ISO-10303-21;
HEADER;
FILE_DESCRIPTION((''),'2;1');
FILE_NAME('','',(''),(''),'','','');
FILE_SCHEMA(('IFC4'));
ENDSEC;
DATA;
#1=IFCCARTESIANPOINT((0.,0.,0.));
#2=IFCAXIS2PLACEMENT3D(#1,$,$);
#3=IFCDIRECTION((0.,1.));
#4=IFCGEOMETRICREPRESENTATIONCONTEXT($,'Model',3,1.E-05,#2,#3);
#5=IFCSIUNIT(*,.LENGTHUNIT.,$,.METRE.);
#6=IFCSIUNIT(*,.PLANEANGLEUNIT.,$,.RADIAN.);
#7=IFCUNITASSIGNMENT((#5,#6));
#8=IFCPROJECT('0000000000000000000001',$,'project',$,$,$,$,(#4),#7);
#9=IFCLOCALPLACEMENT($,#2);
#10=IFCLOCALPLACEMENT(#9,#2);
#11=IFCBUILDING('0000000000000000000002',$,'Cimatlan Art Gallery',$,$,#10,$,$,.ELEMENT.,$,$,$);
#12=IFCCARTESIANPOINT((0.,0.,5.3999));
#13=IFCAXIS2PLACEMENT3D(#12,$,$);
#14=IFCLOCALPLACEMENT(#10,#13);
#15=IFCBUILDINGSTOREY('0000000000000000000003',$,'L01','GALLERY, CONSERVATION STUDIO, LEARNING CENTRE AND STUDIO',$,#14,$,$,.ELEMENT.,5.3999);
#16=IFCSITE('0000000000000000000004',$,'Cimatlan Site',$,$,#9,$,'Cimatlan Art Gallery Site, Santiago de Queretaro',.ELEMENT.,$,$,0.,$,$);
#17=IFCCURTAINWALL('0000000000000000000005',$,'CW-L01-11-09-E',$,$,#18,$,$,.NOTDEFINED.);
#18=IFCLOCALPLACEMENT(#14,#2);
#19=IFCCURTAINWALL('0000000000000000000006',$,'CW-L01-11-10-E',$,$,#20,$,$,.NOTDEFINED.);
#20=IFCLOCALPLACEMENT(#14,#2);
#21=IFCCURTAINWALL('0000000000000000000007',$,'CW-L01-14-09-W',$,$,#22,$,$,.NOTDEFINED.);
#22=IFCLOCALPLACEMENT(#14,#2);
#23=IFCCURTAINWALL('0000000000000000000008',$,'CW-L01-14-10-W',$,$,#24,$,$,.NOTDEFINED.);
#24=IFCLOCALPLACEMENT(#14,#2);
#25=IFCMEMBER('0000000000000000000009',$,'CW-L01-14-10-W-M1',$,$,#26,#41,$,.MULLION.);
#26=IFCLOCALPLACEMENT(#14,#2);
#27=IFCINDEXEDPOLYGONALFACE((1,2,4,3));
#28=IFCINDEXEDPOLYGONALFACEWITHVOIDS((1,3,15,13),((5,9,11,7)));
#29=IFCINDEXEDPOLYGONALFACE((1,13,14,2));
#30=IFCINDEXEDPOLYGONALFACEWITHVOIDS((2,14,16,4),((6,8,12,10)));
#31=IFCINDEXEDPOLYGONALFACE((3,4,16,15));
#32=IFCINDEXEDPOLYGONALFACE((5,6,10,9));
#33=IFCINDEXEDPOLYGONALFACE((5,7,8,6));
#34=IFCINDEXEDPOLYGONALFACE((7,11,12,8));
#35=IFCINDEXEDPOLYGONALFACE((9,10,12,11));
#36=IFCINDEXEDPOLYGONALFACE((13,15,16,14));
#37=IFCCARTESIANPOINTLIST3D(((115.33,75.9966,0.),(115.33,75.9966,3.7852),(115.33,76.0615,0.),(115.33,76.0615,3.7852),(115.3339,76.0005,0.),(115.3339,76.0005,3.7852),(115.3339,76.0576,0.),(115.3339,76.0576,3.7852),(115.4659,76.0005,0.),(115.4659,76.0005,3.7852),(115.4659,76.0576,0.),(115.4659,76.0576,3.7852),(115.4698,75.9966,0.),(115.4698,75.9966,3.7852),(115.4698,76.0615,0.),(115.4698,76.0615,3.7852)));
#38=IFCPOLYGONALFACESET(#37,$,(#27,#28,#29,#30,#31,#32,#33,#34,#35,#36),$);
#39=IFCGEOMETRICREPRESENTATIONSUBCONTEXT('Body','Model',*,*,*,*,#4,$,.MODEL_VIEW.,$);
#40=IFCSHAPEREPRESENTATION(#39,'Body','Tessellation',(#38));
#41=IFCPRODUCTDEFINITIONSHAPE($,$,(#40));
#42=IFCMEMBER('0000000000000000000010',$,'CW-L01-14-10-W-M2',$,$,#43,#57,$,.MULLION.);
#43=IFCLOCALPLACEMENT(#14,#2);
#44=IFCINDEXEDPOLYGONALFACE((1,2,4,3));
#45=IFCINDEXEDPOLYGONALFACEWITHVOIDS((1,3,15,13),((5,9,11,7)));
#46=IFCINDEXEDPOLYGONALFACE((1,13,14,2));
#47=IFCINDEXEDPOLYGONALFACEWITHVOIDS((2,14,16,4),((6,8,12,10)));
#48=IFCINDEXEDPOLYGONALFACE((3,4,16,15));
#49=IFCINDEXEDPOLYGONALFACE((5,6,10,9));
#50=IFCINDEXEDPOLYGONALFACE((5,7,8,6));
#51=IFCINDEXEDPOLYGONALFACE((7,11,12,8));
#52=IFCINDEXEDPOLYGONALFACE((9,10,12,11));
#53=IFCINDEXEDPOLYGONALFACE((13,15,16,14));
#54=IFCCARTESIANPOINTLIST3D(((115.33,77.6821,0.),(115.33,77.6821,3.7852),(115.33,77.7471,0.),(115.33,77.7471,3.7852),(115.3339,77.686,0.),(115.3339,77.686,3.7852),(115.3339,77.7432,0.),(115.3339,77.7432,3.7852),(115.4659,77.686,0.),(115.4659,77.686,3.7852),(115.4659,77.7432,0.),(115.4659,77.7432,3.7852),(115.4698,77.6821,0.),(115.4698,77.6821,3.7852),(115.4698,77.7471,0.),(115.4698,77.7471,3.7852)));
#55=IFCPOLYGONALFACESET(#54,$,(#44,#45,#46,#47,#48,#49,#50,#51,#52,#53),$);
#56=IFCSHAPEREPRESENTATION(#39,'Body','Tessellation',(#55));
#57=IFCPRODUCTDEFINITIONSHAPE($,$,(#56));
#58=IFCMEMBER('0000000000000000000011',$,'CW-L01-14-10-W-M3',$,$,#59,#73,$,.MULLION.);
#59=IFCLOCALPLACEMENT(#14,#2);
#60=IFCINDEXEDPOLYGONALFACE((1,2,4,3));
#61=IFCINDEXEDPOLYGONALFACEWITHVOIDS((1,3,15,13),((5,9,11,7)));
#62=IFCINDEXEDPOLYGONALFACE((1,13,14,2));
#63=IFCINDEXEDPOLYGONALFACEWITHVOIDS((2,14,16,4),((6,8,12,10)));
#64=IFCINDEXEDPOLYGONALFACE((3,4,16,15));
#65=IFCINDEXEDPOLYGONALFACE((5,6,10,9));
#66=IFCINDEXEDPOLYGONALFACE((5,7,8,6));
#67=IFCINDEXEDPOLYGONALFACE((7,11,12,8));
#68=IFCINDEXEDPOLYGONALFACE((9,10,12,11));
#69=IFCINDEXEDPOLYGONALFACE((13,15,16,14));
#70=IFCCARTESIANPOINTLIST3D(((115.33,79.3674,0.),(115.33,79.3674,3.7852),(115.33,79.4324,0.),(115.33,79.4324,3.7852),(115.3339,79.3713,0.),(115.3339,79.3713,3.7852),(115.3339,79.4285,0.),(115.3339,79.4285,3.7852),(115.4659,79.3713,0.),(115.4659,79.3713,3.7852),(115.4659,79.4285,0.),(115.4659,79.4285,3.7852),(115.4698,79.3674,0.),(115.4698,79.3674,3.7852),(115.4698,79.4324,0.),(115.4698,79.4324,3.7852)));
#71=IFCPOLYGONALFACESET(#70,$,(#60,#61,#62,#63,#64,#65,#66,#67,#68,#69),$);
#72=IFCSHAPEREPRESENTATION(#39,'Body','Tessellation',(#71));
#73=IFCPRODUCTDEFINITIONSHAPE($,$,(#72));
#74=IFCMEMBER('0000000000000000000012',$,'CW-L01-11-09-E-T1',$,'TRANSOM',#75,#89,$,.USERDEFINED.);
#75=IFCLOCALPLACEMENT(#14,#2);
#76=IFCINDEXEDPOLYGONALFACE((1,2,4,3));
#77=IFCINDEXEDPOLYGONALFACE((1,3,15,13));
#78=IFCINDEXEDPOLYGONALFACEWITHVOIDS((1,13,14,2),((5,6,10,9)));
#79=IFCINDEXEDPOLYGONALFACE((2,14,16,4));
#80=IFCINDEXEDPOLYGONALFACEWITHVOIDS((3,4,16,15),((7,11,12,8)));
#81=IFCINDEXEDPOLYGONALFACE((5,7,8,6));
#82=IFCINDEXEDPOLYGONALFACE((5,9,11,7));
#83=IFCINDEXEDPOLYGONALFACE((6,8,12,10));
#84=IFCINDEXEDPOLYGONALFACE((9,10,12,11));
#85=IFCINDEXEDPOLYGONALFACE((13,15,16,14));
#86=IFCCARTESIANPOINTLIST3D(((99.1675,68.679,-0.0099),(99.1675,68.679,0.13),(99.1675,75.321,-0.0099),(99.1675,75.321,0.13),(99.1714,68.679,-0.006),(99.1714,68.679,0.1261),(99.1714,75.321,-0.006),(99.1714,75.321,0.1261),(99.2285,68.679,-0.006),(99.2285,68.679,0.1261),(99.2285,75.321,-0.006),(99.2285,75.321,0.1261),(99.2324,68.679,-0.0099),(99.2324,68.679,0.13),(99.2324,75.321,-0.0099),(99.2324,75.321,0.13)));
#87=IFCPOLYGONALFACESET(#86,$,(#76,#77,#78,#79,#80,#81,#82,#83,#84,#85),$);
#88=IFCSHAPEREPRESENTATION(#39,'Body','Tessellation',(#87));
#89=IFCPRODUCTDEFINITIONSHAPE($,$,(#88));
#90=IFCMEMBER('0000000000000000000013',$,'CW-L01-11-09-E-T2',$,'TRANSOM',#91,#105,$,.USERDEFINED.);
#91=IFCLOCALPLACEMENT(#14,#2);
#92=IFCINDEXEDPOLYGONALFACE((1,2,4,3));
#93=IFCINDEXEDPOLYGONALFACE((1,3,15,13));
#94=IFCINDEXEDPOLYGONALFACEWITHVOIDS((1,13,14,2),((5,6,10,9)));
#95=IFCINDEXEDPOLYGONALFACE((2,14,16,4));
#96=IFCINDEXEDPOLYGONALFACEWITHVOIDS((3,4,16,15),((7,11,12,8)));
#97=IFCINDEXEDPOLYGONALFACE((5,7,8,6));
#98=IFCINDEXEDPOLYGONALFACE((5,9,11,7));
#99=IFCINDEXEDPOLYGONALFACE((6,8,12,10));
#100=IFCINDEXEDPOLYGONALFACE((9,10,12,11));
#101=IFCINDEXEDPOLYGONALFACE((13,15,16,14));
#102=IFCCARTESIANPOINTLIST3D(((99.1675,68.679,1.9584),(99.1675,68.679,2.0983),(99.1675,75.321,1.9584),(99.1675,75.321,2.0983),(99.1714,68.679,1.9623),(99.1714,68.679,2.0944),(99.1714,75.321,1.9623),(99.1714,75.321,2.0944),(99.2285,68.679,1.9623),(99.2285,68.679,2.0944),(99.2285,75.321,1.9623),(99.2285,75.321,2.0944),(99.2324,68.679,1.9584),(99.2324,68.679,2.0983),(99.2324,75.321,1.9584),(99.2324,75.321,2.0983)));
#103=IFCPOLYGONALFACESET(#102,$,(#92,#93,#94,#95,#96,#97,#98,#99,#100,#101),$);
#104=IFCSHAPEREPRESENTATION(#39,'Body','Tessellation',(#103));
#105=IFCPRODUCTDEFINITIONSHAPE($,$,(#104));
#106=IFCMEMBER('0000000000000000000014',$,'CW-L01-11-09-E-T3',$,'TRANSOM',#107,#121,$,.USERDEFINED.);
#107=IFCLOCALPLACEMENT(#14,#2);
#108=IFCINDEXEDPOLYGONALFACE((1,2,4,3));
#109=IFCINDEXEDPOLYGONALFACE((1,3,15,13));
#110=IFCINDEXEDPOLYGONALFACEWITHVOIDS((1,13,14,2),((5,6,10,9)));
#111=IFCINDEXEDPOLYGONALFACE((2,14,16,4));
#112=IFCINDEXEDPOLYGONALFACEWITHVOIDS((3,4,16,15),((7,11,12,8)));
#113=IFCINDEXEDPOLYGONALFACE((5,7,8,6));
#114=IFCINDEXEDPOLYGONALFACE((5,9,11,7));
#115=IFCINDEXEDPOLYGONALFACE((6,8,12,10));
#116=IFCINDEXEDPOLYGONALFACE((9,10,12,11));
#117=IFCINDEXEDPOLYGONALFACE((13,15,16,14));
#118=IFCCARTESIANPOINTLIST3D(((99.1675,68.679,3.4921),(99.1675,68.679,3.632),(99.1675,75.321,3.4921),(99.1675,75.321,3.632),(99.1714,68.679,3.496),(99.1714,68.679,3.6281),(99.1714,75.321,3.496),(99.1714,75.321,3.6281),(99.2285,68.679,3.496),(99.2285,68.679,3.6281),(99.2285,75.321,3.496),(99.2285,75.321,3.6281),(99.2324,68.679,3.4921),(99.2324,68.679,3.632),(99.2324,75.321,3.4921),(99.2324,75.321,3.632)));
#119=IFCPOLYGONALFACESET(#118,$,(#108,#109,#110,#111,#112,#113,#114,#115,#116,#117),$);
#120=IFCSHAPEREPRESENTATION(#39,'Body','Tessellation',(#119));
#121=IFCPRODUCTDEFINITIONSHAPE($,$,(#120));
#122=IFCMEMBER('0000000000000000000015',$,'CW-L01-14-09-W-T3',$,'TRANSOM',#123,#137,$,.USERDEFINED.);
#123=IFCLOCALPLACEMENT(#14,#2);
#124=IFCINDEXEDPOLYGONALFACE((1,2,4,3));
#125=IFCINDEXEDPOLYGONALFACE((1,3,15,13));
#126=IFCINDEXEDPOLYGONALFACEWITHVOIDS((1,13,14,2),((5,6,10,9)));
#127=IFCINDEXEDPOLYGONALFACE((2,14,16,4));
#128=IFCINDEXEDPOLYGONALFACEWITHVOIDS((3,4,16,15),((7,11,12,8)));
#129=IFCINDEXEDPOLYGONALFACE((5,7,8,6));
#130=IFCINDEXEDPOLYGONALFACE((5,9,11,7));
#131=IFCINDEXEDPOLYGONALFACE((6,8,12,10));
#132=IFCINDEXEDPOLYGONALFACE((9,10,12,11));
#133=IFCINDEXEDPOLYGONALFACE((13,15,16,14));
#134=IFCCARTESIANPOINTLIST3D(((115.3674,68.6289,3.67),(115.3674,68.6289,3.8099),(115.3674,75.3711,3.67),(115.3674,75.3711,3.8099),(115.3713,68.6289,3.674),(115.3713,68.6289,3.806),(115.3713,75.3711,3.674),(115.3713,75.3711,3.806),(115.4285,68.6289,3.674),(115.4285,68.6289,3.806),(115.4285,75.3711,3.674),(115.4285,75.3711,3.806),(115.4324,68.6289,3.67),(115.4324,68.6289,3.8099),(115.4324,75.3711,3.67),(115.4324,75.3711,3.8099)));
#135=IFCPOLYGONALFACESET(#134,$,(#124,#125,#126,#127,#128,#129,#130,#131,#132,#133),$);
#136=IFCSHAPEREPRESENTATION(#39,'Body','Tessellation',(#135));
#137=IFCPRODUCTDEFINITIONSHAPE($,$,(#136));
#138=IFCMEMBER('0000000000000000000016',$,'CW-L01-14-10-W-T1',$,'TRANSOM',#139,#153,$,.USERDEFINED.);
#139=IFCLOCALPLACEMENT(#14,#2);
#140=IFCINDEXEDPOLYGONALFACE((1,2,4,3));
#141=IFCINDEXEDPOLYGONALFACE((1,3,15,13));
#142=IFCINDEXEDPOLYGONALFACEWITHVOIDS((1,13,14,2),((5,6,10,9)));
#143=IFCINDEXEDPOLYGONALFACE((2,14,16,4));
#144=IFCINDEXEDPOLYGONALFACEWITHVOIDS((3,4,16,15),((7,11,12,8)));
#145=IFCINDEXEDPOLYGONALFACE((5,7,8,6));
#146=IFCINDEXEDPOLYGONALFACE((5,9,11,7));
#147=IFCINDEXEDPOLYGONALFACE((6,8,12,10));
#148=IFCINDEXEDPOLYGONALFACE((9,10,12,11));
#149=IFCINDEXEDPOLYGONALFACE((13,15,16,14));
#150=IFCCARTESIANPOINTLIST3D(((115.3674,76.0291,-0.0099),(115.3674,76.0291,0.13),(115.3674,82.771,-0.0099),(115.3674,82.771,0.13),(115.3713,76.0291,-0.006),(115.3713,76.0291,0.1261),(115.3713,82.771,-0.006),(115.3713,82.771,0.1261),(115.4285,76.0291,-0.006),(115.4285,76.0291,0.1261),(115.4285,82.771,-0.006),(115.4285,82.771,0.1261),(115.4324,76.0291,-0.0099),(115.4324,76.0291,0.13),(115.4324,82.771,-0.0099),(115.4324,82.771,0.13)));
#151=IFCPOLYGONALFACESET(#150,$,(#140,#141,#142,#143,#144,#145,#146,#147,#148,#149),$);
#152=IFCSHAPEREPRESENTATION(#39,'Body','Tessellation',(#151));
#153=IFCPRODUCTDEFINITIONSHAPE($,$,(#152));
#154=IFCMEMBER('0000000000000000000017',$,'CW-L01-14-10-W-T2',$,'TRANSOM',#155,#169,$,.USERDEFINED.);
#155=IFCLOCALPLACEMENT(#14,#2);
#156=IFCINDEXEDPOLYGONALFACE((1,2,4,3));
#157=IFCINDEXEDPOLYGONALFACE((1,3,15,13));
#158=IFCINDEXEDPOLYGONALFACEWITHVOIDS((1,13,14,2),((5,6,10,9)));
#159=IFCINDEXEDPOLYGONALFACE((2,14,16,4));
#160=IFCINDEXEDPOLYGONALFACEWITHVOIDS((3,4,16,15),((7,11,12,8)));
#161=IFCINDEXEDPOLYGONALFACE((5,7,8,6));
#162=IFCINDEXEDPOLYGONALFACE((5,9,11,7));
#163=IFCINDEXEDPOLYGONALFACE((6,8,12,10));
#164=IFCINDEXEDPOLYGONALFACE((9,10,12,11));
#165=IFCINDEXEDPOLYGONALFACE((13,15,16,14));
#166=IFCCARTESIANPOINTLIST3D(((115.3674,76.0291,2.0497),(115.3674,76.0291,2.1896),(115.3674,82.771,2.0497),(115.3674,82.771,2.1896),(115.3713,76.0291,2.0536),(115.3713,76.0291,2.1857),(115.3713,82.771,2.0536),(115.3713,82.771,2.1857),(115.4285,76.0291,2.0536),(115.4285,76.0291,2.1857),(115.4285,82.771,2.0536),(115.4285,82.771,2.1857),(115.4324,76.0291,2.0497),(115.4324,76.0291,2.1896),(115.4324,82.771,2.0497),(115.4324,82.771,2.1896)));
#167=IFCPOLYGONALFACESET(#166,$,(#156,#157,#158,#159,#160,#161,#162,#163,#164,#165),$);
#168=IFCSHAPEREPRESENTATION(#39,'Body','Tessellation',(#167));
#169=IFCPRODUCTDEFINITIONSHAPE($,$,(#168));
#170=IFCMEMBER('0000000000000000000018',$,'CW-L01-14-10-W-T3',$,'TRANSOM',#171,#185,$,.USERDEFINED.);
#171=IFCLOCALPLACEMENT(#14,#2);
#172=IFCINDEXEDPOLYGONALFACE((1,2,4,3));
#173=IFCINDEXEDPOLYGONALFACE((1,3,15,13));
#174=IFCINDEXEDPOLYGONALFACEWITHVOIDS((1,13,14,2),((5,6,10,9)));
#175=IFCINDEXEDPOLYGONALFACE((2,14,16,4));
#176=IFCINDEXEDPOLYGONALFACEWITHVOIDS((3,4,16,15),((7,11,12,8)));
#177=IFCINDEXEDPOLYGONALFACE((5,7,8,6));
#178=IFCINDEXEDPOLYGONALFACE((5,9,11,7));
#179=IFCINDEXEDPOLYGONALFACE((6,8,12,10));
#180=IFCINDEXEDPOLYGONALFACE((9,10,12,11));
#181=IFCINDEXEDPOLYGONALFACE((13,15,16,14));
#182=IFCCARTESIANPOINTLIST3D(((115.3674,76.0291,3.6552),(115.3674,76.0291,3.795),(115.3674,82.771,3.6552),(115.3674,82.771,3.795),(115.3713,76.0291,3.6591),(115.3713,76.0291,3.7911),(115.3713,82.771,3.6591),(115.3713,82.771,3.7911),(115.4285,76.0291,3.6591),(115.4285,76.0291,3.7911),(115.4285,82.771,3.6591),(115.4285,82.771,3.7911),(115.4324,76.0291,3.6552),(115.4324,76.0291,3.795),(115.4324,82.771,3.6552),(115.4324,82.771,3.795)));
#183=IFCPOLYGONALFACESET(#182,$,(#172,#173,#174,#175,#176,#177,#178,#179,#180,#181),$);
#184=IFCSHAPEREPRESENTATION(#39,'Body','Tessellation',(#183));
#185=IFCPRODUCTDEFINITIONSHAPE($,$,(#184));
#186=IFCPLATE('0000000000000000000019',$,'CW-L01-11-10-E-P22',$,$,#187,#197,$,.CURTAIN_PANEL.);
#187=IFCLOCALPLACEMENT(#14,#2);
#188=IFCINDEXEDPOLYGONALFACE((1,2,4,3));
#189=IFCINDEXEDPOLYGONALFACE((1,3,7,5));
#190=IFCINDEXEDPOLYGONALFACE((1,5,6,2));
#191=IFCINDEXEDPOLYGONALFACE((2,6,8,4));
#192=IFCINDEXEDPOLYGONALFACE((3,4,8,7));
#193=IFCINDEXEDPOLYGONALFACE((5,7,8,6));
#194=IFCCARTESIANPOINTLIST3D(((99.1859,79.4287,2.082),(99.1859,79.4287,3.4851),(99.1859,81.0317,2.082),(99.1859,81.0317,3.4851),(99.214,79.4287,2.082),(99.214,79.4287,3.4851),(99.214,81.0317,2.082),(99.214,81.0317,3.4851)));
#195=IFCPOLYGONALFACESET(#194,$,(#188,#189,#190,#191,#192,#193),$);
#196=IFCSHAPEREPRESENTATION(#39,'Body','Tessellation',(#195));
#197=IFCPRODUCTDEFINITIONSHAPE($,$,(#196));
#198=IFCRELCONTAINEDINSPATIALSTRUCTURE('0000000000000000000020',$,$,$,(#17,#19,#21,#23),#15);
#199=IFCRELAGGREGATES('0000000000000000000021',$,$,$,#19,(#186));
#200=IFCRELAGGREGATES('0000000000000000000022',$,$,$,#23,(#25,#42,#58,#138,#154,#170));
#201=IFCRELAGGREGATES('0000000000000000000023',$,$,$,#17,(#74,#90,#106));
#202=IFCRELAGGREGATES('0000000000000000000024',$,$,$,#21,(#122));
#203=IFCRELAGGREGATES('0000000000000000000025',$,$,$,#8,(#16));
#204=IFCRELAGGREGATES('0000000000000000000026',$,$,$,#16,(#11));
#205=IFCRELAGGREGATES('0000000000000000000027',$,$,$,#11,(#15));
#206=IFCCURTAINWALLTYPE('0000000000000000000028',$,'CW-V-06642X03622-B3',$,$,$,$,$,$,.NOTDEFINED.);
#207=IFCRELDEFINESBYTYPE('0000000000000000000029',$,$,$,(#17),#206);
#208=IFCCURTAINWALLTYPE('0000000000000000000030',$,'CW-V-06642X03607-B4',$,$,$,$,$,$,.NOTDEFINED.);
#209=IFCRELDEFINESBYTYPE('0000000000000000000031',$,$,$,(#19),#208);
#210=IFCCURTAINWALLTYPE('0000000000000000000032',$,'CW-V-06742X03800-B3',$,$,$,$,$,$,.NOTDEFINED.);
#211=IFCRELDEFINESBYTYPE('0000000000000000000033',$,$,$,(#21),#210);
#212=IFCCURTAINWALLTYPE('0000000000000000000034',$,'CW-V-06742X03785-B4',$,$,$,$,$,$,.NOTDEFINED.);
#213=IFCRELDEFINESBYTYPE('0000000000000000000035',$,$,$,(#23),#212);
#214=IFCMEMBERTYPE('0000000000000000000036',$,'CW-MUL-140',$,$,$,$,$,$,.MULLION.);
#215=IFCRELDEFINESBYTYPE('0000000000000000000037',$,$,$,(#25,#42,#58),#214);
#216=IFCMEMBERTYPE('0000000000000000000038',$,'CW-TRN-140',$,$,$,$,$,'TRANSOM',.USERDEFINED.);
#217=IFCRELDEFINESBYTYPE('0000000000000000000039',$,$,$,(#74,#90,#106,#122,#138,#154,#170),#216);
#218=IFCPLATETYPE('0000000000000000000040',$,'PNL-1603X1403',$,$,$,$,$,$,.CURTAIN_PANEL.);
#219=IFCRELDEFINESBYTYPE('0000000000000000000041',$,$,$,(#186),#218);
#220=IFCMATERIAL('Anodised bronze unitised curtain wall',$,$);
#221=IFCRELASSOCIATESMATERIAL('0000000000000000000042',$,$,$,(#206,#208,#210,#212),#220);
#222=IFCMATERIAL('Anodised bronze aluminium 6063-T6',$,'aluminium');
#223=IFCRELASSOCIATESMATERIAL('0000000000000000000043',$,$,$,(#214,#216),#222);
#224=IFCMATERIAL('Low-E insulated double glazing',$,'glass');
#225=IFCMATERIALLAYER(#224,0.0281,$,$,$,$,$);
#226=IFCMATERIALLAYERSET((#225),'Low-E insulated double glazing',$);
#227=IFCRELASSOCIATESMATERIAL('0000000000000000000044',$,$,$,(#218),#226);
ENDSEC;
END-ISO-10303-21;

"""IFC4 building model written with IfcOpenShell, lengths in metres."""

from ifc_helpers import new_model, si_unit, direction, frame, origin, origin_2d, place, context, subcontext, project, spatial, rectangle, hollow_rectangle, extrude, material, layer, layer_set, material_profile, profile_set, type_object, element, aggregate, save


model = new_model("IFC4")

# Units and contexts
model_context = context("Model", 3, precision=1e-05, world=origin(), true_north=direction((0.0, 1.0)))
body_context = subcontext(model_context, "Body", "Model", "MODEL_VIEW")
ifc_project = project(units=[si_unit("LENGTHUNIT", "METRE"), si_unit("PLANEANGLEUNIT", "RADIAN")], contexts=[model_context])

# Site, building, storey
site_placement = place(None, origin())
site = spatial("IfcSite", under=ifc_project, at=site_placement, Name="Cimatlan Site", LongName="Cimatlan Art Gallery Site, Santiago de Queretaro", CompositionType="ELEMENT", RefElevation=0.0)
building_placement = place(site_placement, origin())
building = spatial("IfcBuilding", under=site, at=building_placement, Name="Cimatlan Art Gallery", CompositionType="ELEMENT")
storey_placement = place(building_placement, frame((0.0, 0.0, 5.3999)))
storey = spatial("IfcBuildingStorey", under=building, at=storey_placement, Name="L01", Description="GALLERY, CONSERVATION STUDIO, LEARNING CENTRE AND STUDIO", CompositionType="ELEMENT", Elevation=5.3999)

# Curtain wall
ifc_material_1 = material(Name="Anodised bronze unitised curtain wall")
curtain_wall_type_1 = type_object("IfcCurtainWallType", Name="CW-V-06642X03622-B3", PredefinedType="NOTDEFINED", material=ifc_material_1)
curtain_wall_1_placement = place(storey_placement, origin())
curtain_wall_1 = element("IfcCurtainWall", 1, at=curtain_wall_1_placement, inside=storey, type_object=curtain_wall_type_1, Name="CW-L01-11-09-E", PredefinedType="NOTDEFINED")
ifc_material_2 = material(Name="Anodised bronze aluminium 6063-T6", Category="aluminium")
ifc_material_profile_1 = material_profile(ifc_material_2, hollow_rectangle(XDim=0.0649, YDim=0.1399, WallThickness=0.0039, at=origin_2d()), Name="ALU65X140X4")
ifc_profile_set_1 = profile_set([ifc_material_profile_1], Name="Anodised bronze aluminium 6063-T6")
member_type_1 = type_object("IfcMemberType", Name="CW-MUL-140", PredefinedType="MULLION", material=ifc_profile_set_1)

# Curtain walls, members
curtain_wall_type_2 = type_object("IfcCurtainWallType", Name="CW-V-06642X03607-B4", PredefinedType="NOTDEFINED", material=ifc_material_1)
curtain_wall_2_placement = place(storey_placement, origin())
curtain_wall_2 = element("IfcCurtainWall", 2, at=curtain_wall_2_placement, inside=storey, type_object=curtain_wall_type_2, Name="CW-L01-11-10-E", PredefinedType="NOTDEFINED")
curtain_wall_type_3 = type_object("IfcCurtainWallType", Name="CW-V-06742X03800-B3", PredefinedType="NOTDEFINED", material=ifc_material_1)
curtain_wall_3_placement = place(storey_placement, origin())
curtain_wall_3 = element("IfcCurtainWall", 3, at=curtain_wall_3_placement, inside=storey, type_object=curtain_wall_type_3, Name="CW-L01-14-09-W", PredefinedType="NOTDEFINED")
curtain_wall_type_4 = type_object("IfcCurtainWallType", Name="CW-V-06742X03785-B4", PredefinedType="NOTDEFINED", material=ifc_material_1)
curtain_wall_4_placement = place(storey_placement, origin())
curtain_wall_4 = element("IfcCurtainWall", 4, at=curtain_wall_4_placement, inside=storey, type_object=curtain_wall_type_4, Name="CW-L01-14-10-W", PredefinedType="NOTDEFINED")
member_1_placement = place(storey_placement, frame((115.3999, 76.0291, 0.0), z_axis=(0.0, 0.0, 1.0), x_axis=(0.0, 1.0, 0.0)))
member_1 = element("IfcMember", 5, at=member_1_placement, type_object=member_type_1, Name="CW-L01-14-10-W-M1", PredefinedType="MULLION", context=body_context, shape_type="SweptSolid", body=[
    extrude(hollow_rectangle(XDim=0.0649, YDim=0.1399, WallThickness=0.0039, at=origin_2d()), origin(), (0.0, 0.0, 1.0), 3.7852),
])
member_2_placement = place(storey_placement, frame((115.3999, 77.7146, 0.0), z_axis=(0.0, 0.0, 1.0), x_axis=(0.0, 1.0, 0.0)))
member_2 = element("IfcMember", 6, at=member_2_placement, type_object=member_type_1, Name="CW-L01-14-10-W-M2", PredefinedType="MULLION", context=body_context, shape_type="SweptSolid", body=[
    extrude(hollow_rectangle(XDim=0.0649, YDim=0.1399, WallThickness=0.0039, at=origin_2d()), origin(), (0.0, 0.0, 1.0), 3.7852),
])
member_3_placement = place(storey_placement, frame((115.3999, 79.3999, 0.0), z_axis=(0.0, 0.0, 1.0), x_axis=(0.0, 1.0, 0.0)))
member_3 = element("IfcMember", 7, at=member_3_placement, type_object=member_type_1, Name="CW-L01-14-10-W-M3", PredefinedType="MULLION", context=body_context, shape_type="SweptSolid", body=[
    extrude(hollow_rectangle(XDim=0.0649, YDim=0.1399, WallThickness=0.0039, at=origin_2d()), origin(), (0.0, 0.0, 1.0), 3.7852),
])

# Members
ifc_material_profile_2 = material_profile(ifc_material_2, hollow_rectangle(XDim=0.0649, YDim=0.1399, WallThickness=0.0039, at=origin_2d()), Name="ALU65X140X4")
ifc_profile_set_2 = profile_set([ifc_material_profile_2], Name="Anodised bronze aluminium 6063-T6")
member_type_2 = type_object("IfcMemberType", Name="CW-TRN-140", ElementType="TRANSOM", PredefinedType="USERDEFINED", material=ifc_profile_set_2)
member_4_placement = place(storey_placement, frame((99.2, 75.321, 0.0601), z_axis=(0.0, -1.0, 0.0), x_axis=(1.0, 0.0, 0.0)))
member_4 = element("IfcMember", 8, at=member_4_placement, type_object=member_type_2, Name="CW-L01-11-09-E-T1", ObjectType="TRANSOM", PredefinedType="USERDEFINED", context=body_context, shape_type="SweptSolid", body=[
    extrude(hollow_rectangle(XDim=0.0649, YDim=0.1399, WallThickness=0.0039, at=origin_2d()), origin(), (0.0, 0.0, 1.0), 6.6421),
])
member_5_placement = place(storey_placement, frame((99.2, 75.321, 2.0283), z_axis=(0.0, -1.0, 0.0), x_axis=(1.0, 0.0, 0.0)))
member_5 = element("IfcMember", 9, at=member_5_placement, type_object=member_type_2, Name="CW-L01-11-09-E-T2", ObjectType="TRANSOM", PredefinedType="USERDEFINED", context=body_context, shape_type="SweptSolid", body=[
    extrude(hollow_rectangle(XDim=0.0649, YDim=0.1399, WallThickness=0.0039, at=origin_2d()), origin(), (0.0, 0.0, 1.0), 6.6421),
])
member_6_placement = place(storey_placement, frame((99.2, 75.321, 3.562), z_axis=(0.0, -1.0, 0.0), x_axis=(1.0, 0.0, 0.0)))
member_6 = element("IfcMember", 10, at=member_6_placement, type_object=member_type_2, Name="CW-L01-11-09-E-T3", ObjectType="TRANSOM", PredefinedType="USERDEFINED", context=body_context, shape_type="SweptSolid", body=[
    extrude(hollow_rectangle(XDim=0.0649, YDim=0.1399, WallThickness=0.0039, at=origin_2d()), origin(), (0.0, 0.0, 1.0), 6.6421),
])
member_7_placement = place(storey_placement, frame((115.3999, 68.6289, 3.74), z_axis=(0.0, 1.0, 0.0), x_axis=(-1.0, 0.0, 0.0)))
member_7 = element("IfcMember", 11, at=member_7_placement, type_object=member_type_2, Name="CW-L01-14-09-W-T3", ObjectType="TRANSOM", PredefinedType="USERDEFINED", context=body_context, shape_type="SweptSolid", body=[
    extrude(hollow_rectangle(XDim=0.0649, YDim=0.1399, WallThickness=0.0039, at=origin_2d()), origin(), (0.0, 0.0, 1.0), 6.7422),
])
member_8_placement = place(storey_placement, frame((115.3999, 76.0291, 0.0601), z_axis=(0.0, 1.0, 0.0), x_axis=(-1.0, 0.0, 0.0)))
member_8 = element("IfcMember", 12, at=member_8_placement, type_object=member_type_2, Name="CW-L01-14-10-W-T1", ObjectType="TRANSOM", PredefinedType="USERDEFINED", context=body_context, shape_type="SweptSolid", body=[
    extrude(hollow_rectangle(XDim=0.0649, YDim=0.1399, WallThickness=0.0039, at=origin_2d()), origin(), (0.0, 0.0, 1.0), 6.7419),
])
member_9_placement = place(storey_placement, frame((115.3999, 76.0291, 2.1196), z_axis=(0.0, 1.0, 0.0), x_axis=(-1.0, 0.0, 0.0)))
member_9 = element("IfcMember", 13, at=member_9_placement, type_object=member_type_2, Name="CW-L01-14-10-W-T2", ObjectType="TRANSOM", PredefinedType="USERDEFINED", context=body_context, shape_type="SweptSolid", body=[
    extrude(hollow_rectangle(XDim=0.0649, YDim=0.1399, WallThickness=0.0039, at=origin_2d()), origin(), (0.0, 0.0, 1.0), 6.7419),
])
member_10_placement = place(storey_placement, frame((115.3999, 76.0291, 3.7251), z_axis=(0.0, 1.0, 0.0), x_axis=(-1.0, 0.0, 0.0)))
member_10 = element("IfcMember", 14, at=member_10_placement, type_object=member_type_2, Name="CW-L01-14-10-W-T3", ObjectType="TRANSOM", PredefinedType="USERDEFINED", context=body_context, shape_type="SweptSolid", body=[
    extrude(hollow_rectangle(XDim=0.0649, YDim=0.1399, WallThickness=0.0039, at=origin_2d()), origin(), (0.0, 0.0, 1.0), 6.7419),
])

# Plate
ifc_material_3 = material(Name="Low-E insulated double glazing", Category="glass")
ifc_layer_1 = layer(ifc_material_3, 0.0281)
ifc_layer_set_1 = layer_set([ifc_layer_1], Name="Low-E insulated double glazing")
plate_type_1 = type_object("IfcPlateType", Name="PNL-1603X1403", PredefinedType="CURTAIN_PANEL", material=ifc_layer_set_1)
plate_1_placement = place(storey_placement, frame((99.2, 80.2302, 2.082), z_axis=(0.0, 0.0, 1.0), x_axis=(0.0, -1.0, 0.0)))
plate_1 = element("IfcPlate", 15, at=plate_1_placement, type_object=plate_type_1, Name="CW-L01-11-10-E-P22", PredefinedType="CURTAIN_PANEL", context=body_context, shape_type="SweptSolid", body=[
    extrude(rectangle(XDim=1.603, YDim=0.0281, at=origin_2d()), origin(), (0.0, 0.0, 1.0), 1.4031),
])
aggregate(curtain_wall_2, [plate_1])
aggregate(curtain_wall_4, [member_1, member_2, member_3, member_8, member_9, member_10])
aggregate(curtain_wall_1, [member_4, member_5, member_6])
aggregate(curtain_wall_3, [member_7])

save(model, "model.ifc")
